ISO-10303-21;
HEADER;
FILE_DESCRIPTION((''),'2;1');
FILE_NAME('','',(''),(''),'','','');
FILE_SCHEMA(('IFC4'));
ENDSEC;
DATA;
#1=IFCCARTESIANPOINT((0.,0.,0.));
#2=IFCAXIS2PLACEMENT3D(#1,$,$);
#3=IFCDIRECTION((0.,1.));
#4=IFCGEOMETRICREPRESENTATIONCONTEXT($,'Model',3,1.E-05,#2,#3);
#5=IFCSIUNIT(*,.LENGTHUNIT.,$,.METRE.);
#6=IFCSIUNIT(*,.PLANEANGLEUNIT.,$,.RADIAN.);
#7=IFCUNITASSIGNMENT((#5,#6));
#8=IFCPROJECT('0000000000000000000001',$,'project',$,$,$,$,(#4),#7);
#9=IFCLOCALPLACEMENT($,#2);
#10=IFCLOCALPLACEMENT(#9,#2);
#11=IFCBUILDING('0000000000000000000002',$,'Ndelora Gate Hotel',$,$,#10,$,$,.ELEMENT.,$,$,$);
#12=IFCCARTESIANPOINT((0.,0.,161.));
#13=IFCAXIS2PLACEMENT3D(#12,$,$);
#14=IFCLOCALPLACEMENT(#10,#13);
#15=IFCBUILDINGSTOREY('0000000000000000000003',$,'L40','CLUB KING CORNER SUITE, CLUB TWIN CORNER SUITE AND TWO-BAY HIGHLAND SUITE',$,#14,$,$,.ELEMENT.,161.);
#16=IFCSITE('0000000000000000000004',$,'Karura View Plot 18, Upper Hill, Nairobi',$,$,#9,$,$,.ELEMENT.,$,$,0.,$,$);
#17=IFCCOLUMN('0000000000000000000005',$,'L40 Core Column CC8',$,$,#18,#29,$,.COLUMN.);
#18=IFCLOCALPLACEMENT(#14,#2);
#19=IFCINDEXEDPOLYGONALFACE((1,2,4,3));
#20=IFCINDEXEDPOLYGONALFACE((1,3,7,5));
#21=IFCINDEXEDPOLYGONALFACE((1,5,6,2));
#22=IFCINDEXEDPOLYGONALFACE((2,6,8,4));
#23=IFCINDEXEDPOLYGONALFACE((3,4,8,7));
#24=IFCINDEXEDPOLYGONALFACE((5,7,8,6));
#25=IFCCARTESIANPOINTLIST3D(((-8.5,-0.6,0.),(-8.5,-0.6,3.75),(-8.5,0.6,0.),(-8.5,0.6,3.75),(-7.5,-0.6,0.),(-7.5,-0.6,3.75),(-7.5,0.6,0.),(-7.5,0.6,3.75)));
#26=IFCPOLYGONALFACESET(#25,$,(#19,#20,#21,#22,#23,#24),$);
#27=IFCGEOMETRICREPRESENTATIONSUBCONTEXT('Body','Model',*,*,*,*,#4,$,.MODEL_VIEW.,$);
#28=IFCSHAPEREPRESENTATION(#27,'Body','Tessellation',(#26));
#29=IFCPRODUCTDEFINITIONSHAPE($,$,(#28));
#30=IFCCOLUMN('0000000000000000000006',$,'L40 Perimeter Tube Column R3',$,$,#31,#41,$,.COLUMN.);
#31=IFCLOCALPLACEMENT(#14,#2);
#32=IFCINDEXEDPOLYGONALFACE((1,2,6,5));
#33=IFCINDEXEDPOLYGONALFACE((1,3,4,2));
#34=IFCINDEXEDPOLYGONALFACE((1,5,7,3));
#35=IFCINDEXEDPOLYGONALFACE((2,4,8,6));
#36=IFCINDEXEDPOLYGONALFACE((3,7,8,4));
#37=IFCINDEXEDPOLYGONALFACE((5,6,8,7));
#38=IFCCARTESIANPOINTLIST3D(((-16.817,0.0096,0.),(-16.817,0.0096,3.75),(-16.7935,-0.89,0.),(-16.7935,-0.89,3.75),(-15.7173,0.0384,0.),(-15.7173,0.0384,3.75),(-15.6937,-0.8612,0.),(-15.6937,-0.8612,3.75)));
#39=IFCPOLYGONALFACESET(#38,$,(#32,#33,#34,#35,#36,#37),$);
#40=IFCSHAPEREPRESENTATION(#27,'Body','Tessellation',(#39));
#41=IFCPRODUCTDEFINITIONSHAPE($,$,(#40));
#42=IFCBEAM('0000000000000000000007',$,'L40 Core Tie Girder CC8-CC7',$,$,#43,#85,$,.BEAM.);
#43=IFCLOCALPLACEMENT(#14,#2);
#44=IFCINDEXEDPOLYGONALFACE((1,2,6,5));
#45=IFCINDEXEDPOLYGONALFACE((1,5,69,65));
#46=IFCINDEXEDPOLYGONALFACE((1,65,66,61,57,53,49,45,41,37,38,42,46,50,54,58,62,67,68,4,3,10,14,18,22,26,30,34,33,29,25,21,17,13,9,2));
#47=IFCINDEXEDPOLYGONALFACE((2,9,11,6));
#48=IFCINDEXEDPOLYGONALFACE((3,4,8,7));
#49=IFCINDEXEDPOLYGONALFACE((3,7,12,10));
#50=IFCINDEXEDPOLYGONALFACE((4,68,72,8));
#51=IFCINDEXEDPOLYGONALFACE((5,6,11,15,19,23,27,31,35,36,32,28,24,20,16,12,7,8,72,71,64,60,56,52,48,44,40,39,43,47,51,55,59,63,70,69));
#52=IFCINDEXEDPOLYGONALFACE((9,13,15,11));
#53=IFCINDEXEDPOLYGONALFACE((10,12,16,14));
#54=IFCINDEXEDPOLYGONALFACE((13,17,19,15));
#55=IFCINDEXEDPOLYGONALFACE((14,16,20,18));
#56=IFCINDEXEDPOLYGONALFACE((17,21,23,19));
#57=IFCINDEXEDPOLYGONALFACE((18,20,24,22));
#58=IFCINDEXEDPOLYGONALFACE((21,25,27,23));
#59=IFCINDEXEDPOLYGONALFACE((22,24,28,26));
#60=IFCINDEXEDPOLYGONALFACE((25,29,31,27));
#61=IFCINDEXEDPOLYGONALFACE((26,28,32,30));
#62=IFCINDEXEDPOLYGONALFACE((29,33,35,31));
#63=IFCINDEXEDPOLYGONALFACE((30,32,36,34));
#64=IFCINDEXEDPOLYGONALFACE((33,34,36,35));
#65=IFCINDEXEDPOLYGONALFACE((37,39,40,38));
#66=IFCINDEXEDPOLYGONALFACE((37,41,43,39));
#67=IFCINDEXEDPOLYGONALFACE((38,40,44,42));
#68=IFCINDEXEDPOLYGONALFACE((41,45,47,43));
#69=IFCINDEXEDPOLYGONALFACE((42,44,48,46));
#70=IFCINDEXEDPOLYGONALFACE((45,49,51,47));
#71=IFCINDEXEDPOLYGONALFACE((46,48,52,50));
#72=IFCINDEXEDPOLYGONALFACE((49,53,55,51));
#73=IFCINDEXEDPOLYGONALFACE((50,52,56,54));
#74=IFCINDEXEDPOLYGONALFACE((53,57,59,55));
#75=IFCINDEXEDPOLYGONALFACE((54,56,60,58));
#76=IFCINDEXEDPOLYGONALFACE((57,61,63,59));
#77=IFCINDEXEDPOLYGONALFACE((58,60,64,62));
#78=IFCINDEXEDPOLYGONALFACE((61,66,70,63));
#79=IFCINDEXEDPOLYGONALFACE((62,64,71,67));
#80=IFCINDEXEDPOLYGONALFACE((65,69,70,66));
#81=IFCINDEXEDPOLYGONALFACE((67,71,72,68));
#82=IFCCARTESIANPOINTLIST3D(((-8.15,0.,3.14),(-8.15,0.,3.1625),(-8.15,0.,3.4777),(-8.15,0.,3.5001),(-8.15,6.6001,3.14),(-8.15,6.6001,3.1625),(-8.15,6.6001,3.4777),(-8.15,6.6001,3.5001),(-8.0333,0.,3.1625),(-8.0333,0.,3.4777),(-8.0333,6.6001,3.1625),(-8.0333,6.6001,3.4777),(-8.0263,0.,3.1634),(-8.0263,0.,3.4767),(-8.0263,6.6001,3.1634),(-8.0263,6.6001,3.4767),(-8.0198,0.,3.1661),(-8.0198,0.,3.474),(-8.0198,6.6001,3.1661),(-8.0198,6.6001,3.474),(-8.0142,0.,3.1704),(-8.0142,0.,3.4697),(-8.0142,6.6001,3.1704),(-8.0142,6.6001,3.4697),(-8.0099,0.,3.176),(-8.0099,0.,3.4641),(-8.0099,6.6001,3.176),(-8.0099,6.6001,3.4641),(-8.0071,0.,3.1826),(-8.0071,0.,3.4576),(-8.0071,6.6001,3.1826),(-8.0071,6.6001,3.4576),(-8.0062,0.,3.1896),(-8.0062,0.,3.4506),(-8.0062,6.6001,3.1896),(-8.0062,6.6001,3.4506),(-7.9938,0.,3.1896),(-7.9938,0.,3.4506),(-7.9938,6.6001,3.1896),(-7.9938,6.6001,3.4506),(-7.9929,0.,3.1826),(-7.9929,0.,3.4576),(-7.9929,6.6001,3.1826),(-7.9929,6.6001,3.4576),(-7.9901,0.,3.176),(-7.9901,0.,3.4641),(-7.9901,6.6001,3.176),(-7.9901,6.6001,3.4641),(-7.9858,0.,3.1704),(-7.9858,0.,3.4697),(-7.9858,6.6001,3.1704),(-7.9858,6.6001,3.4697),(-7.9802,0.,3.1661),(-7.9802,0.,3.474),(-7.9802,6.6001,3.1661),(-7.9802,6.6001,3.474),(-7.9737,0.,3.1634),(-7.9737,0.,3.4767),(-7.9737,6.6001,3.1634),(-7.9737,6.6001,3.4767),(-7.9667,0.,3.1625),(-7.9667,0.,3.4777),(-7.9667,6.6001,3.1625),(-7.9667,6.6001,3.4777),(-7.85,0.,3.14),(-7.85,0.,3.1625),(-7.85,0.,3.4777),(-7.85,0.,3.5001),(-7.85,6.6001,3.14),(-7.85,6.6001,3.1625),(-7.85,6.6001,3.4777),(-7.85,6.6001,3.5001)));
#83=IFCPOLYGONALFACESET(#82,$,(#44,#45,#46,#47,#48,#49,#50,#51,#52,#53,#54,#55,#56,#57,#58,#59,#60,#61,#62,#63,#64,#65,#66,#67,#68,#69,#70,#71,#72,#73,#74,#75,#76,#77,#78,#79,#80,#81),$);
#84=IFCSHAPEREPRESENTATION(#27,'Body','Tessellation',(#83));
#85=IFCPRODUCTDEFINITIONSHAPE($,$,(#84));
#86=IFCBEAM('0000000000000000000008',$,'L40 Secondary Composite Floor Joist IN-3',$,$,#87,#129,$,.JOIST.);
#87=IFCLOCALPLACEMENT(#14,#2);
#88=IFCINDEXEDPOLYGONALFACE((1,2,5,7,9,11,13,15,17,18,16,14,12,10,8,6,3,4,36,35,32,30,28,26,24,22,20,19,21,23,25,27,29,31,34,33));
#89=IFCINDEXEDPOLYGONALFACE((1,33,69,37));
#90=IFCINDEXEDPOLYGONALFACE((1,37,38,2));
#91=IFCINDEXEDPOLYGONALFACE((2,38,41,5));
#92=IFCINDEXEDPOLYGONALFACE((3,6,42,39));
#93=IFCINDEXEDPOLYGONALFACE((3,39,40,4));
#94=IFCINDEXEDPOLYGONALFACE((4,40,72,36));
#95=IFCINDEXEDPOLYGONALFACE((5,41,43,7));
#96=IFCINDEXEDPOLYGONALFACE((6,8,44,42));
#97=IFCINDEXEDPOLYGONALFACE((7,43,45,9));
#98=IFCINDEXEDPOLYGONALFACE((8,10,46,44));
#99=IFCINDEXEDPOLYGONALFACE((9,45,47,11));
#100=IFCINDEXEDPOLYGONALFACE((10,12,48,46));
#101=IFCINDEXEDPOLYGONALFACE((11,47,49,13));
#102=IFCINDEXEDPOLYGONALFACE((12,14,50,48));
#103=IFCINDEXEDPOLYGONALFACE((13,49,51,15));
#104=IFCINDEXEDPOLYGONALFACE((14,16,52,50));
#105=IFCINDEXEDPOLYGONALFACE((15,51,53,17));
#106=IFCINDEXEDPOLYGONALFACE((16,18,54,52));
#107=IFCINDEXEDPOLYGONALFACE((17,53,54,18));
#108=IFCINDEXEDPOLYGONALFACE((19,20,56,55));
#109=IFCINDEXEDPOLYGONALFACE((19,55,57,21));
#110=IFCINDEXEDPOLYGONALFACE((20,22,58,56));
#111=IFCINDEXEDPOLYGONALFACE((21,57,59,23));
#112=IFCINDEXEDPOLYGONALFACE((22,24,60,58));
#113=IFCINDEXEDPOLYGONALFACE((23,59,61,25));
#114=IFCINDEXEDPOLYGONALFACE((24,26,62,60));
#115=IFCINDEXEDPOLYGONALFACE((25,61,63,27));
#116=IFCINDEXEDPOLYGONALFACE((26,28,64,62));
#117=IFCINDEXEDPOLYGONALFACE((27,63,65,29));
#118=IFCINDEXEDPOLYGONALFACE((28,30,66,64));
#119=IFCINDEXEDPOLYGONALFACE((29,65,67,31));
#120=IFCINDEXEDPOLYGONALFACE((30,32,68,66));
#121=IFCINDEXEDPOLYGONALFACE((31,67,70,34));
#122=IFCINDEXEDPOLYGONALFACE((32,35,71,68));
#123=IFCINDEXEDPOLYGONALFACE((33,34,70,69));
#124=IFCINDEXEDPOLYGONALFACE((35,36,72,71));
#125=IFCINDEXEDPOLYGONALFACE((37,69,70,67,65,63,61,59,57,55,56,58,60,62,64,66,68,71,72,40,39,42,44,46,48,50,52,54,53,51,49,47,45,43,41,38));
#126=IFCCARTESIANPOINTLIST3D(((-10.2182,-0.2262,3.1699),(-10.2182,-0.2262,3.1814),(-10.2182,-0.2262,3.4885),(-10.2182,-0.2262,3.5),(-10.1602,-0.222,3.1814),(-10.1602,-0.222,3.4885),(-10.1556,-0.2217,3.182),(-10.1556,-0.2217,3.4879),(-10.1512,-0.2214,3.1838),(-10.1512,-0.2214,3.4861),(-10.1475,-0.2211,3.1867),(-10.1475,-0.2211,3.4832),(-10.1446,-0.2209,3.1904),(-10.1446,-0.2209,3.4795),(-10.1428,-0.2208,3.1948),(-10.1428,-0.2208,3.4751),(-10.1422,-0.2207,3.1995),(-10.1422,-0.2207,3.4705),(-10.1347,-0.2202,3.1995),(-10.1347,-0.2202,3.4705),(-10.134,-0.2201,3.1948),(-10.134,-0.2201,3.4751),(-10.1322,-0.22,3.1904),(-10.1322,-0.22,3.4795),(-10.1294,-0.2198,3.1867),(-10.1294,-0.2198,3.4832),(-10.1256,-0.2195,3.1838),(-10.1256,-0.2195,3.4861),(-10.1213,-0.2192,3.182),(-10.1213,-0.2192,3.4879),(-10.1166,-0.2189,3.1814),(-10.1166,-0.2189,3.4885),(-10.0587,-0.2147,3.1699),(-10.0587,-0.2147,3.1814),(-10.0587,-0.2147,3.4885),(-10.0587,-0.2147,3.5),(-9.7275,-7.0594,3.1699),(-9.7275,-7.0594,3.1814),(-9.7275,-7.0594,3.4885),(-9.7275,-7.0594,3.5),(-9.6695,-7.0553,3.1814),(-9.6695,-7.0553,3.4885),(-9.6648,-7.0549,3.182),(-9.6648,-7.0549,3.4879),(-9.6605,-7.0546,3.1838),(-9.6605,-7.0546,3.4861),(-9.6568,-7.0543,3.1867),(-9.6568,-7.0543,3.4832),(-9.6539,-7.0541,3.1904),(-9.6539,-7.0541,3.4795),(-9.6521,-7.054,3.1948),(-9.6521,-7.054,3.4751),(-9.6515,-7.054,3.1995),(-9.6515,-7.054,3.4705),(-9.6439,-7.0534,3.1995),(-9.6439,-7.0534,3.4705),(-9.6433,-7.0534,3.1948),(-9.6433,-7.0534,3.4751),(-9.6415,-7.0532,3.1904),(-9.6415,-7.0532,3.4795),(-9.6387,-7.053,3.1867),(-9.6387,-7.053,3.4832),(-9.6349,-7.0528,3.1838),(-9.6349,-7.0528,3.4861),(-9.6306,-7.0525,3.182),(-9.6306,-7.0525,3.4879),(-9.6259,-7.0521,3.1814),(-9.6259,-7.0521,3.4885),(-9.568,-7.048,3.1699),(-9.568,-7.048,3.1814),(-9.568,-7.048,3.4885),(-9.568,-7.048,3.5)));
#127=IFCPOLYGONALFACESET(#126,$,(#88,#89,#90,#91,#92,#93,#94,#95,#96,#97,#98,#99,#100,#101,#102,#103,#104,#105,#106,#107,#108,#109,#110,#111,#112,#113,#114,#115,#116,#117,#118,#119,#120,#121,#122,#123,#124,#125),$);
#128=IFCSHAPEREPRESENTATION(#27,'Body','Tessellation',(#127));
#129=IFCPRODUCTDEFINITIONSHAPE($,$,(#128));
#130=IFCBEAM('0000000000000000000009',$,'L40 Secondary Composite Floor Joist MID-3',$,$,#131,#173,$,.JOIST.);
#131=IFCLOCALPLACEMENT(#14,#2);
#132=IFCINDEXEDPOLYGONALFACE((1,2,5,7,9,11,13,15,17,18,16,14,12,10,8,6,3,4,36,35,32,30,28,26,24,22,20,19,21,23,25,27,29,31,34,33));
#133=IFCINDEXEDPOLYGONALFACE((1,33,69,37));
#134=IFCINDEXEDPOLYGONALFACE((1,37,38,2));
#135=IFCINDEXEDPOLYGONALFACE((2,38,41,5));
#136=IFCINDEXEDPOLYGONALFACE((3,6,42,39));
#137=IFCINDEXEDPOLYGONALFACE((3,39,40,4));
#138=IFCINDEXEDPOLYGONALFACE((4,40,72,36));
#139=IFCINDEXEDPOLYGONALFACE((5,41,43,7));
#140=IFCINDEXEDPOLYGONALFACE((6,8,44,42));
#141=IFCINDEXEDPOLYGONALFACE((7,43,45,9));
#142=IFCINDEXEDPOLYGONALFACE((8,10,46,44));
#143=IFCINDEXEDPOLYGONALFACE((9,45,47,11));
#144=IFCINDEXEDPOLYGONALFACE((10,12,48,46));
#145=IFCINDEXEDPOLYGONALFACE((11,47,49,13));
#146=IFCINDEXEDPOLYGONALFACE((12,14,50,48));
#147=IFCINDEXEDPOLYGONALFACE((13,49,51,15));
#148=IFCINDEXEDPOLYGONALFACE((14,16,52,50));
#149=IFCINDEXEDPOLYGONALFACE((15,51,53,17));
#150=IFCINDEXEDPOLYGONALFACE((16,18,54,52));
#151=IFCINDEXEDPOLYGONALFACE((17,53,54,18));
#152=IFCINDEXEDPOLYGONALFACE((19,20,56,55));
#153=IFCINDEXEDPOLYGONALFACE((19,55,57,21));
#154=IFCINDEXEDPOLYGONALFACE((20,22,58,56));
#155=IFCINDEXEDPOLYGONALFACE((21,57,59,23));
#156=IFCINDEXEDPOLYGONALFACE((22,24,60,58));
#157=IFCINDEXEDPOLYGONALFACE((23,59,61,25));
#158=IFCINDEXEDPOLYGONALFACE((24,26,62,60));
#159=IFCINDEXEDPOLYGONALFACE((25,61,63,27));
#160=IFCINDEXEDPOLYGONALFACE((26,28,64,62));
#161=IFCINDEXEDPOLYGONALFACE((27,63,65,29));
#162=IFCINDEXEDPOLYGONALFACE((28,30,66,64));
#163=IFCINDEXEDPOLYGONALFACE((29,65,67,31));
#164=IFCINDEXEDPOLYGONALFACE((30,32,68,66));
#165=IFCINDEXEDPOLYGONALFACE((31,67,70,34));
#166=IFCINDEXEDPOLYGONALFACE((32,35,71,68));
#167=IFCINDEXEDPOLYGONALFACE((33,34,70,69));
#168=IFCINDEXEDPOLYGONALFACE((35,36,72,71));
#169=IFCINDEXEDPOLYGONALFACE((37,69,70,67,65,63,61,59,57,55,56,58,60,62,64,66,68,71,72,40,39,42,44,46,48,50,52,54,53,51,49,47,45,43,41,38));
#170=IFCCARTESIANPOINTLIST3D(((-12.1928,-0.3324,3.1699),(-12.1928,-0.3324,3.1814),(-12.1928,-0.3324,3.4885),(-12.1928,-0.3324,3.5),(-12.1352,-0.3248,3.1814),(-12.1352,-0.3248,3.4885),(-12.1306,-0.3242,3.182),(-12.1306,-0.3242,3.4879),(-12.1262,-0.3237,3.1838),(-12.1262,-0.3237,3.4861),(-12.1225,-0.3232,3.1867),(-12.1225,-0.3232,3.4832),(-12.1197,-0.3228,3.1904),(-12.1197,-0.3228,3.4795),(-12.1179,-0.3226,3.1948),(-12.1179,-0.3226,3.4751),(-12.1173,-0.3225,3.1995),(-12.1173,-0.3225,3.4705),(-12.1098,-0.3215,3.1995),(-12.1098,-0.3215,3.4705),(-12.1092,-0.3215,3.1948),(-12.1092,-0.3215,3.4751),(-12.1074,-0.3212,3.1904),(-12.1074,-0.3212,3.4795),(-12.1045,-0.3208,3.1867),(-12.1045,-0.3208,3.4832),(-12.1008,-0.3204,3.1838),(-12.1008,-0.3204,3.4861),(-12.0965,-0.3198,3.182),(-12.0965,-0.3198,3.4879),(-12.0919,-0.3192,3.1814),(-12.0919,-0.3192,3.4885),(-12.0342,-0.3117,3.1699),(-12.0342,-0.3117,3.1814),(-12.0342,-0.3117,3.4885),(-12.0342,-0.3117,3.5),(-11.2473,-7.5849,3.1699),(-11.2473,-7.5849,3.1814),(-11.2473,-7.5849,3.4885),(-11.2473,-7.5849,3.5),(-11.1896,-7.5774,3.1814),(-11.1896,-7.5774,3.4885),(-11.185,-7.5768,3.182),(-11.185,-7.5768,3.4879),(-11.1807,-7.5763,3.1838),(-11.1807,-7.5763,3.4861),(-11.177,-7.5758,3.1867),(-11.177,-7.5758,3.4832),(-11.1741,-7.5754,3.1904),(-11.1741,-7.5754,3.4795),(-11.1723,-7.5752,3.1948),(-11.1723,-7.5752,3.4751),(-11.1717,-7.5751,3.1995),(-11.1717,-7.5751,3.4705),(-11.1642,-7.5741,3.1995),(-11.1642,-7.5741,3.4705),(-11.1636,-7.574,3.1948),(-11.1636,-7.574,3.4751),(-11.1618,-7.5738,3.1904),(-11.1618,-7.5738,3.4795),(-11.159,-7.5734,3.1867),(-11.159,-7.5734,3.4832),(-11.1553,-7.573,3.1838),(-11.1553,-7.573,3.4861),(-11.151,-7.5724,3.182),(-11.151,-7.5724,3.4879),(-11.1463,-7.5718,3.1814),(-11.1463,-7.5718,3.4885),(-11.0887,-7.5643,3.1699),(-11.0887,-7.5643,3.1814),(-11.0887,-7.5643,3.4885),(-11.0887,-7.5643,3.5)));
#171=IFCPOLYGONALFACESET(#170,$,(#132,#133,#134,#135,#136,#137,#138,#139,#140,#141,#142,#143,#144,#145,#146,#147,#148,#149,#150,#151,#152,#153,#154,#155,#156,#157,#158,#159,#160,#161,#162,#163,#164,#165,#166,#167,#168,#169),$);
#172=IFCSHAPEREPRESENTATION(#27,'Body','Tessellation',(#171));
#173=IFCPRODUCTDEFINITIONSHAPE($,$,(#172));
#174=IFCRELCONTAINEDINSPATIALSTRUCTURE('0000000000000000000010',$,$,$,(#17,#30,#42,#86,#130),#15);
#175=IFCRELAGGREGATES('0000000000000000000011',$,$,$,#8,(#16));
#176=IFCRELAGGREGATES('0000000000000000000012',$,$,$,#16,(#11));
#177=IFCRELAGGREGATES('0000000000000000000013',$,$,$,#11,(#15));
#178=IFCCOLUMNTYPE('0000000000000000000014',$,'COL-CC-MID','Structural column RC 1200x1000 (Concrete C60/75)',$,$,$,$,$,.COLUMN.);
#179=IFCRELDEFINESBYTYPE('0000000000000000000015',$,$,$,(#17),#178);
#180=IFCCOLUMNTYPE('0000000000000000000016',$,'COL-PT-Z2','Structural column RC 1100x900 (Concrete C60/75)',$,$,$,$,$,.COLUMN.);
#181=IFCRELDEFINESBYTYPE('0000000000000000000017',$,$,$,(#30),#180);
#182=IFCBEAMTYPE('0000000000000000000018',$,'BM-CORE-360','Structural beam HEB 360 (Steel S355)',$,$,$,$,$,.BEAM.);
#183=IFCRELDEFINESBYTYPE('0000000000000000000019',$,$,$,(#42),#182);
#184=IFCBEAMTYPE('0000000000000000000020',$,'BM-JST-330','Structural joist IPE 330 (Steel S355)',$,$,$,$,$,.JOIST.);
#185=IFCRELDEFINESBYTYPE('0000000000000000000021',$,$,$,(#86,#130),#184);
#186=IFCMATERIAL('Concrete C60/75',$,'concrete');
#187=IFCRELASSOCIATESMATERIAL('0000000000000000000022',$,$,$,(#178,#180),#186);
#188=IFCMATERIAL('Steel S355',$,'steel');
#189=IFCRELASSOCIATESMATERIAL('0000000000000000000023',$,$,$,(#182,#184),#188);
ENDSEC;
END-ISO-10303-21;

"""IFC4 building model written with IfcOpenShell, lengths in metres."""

from ifc_helpers import new_model, si_unit, direction, frame, origin, origin_2d, place, context, subcontext, project, spatial, rectangle, i_section, extrude, material, material_profile, profile_set, type_object, element, save


model = new_model("IFC4")

# Units and contexts
model_context = context("Model", 3, precision=1e-05, world=origin(), true_north=direction((0.0, 1.0)))
body_context = subcontext(model_context, "Body", "Model", "MODEL_VIEW")
ifc_project = project(units=[si_unit("LENGTHUNIT", "METRE"), si_unit("PLANEANGLEUNIT", "RADIAN")], contexts=[model_context])

# Site, building, storey
site_placement = place(None, origin())
site = spatial("IfcSite", under=ifc_project, at=site_placement, Name="Karura View Plot 18, Upper Hill, Nairobi", CompositionType="ELEMENT", RefElevation=0.0)
building_placement = place(site_placement, origin())
building = spatial("IfcBuilding", under=site, at=building_placement, Name="Ndelora Gate Hotel", CompositionType="ELEMENT")
storey_placement = place(building_placement, frame((0.0, 0.0, 161.0)))
storey = spatial("IfcBuildingStorey", under=building, at=storey_placement, Name="L40", Description="CLUB KING CORNER SUITE, CLUB TWIN CORNER SUITE AND TWO-BAY HIGHLAND SUITE", CompositionType="ELEMENT", Elevation=161.0)

# Columns
ifc_material_1 = material(Name="Concrete C60/75", Category="concrete")
ifc_material_profile_1 = material_profile(ifc_material_1, rectangle(XDim=1.0, YDim=1.2, at=origin_2d()), Name="RC 1200x1000")
ifc_profile_set_1 = profile_set([ifc_material_profile_1], Name="Concrete C60/75")
column_type_1 = type_object("IfcColumnType", Name="COL-CC-MID", Description="Structural column RC 1200x1000 (Concrete C60/75)", PredefinedType="COLUMN", material=ifc_profile_set_1)
column_1_placement = place(storey_placement, frame((-8.0, 0.0, 0.0), z_axis=(0.0, 0.0, 1.0), x_axis=(1.0, 0.0, 0.0)))
element("IfcColumn", 1, at=column_1_placement, inside=storey, type_object=column_type_1, Name="L40 Core Column CC8", PredefinedType="COLUMN", context=body_context, shape_type="SweptSolid", body=[
    extrude(rectangle(XDim=1.0, YDim=1.2, at=origin_2d()), origin(), (0.0, 0.0, 1.0), 3.75),
])
ifc_material_profile_2 = material_profile(ifc_material_1, rectangle(XDim=0.8999, YDim=1.1001, at=origin_2d()), Name="RC 1100x900")
ifc_profile_set_2 = profile_set([ifc_material_profile_2], Name="Concrete C60/75")
column_type_2 = type_object("IfcColumnType", Name="COL-PT-Z2", Description="Structural column RC 1100x900 (Concrete C60/75)", PredefinedType="COLUMN", material=ifc_profile_set_2)
column_2_placement = place(storey_placement, frame((-16.2554, -0.4258, 0.0), z_axis=(0.0, 0.0, 1.0), x_axis=(-0.026177, 0.999657, 0.0)))
element("IfcColumn", 2, at=column_2_placement, inside=storey, type_object=column_type_2, Name="L40 Perimeter Tube Column R3", PredefinedType="COLUMN", context=body_context, shape_type="SweptSolid", body=[
    extrude(rectangle(XDim=0.8999, YDim=1.1001, at=origin_2d()), origin(), (0.0, 0.0, 1.0), 3.75),
])

# Beams
ifc_material_2 = material(Name="Steel S355", Category="steel")
ifc_material_profile_3 = material_profile(ifc_material_2, i_section(OverallWidth=0.3, OverallDepth=0.3601, WebThickness=0.0125, FlangeThickness=0.0225, FilletRadius=0.0271, at=origin_2d()), Name="HEB 360")
ifc_profile_set_3 = profile_set([ifc_material_profile_3], Name="Steel S355")
beam_type_1 = type_object("IfcBeamType", Name="BM-CORE-360", Description="Structural beam HEB 360 (Steel S355)", PredefinedType="BEAM", material=ifc_profile_set_3)
beam_1_placement = place(storey_placement, frame((-8.0, 0.0, 3.3201), z_axis=(0.0, 1.0, 0.0), x_axis=(-1.0, 0.0, 0.0)))
element("IfcBeam", 3, at=beam_1_placement, inside=storey, type_object=beam_type_1, Name="L40 Core Tie Girder CC8-CC7", PredefinedType="BEAM", context=body_context, shape_type="SweptSolid", body=[
    extrude(i_section(OverallWidth=0.3, OverallDepth=0.3601, WebThickness=0.0125, FlangeThickness=0.0225, FilletRadius=0.0271, at=origin_2d()), origin(), (0.0, 0.0, 1.0), 6.6001),
])
ifc_material_profile_4 = material_profile(ifc_material_2, i_section(OverallWidth=0.1599, OverallDepth=0.3301, WebThickness=0.0076, FlangeThickness=0.0115, FilletRadius=0.0181, at=origin_2d()), Name="IPE 330")
ifc_profile_set_4 = profile_set([ifc_material_profile_4], Name="Steel S355")
beam_type_2 = type_object("IfcBeamType", Name="BM-JST-330", Description="Structural joist IPE 330 (Steel S355)", PredefinedType="JOIST", material=ifc_profile_set_4)
beam_2_placement = place(storey_placement, frame((-10.1384, -0.2205, 3.335), z_axis=(0.071629, -0.997431, 0.0), x_axis=(0.997431, 0.071629, 0.0)))
element("IfcBeam", 4, at=beam_2_placement, inside=storey, type_object=beam_type_2, Name="L40 Secondary Composite Floor Joist IN-3", PredefinedType="JOIST", context=body_context, shape_type="SweptSolid", body=[
    extrude(i_section(OverallWidth=0.1599, OverallDepth=0.3301, WebThickness=0.0076, FlangeThickness=0.0115, FilletRadius=0.0181, at=origin_2d()), origin(), (0.0, 0.0, 1.0), 6.8508),
])
beam_3_placement = place(storey_placement, frame((-12.1135, -0.322, 3.335), z_axis=(0.129279, -0.991608, 0.0), x_axis=(0.991608, 0.129279, 0.0)))
element("IfcBeam", 5, at=beam_3_placement, inside=storey, type_object=beam_type_2, Name="L40 Secondary Composite Floor Joist MID-3", PredefinedType="JOIST", context=body_context, shape_type="SweptSolid", body=[
    extrude(i_section(OverallWidth=0.1599, OverallDepth=0.3301, WebThickness=0.0076, FlangeThickness=0.0115, FilletRadius=0.0181, at=origin_2d()), origin(), (0.0, 0.0, 1.0), 7.314),
])

save(model, "model.ifc")
